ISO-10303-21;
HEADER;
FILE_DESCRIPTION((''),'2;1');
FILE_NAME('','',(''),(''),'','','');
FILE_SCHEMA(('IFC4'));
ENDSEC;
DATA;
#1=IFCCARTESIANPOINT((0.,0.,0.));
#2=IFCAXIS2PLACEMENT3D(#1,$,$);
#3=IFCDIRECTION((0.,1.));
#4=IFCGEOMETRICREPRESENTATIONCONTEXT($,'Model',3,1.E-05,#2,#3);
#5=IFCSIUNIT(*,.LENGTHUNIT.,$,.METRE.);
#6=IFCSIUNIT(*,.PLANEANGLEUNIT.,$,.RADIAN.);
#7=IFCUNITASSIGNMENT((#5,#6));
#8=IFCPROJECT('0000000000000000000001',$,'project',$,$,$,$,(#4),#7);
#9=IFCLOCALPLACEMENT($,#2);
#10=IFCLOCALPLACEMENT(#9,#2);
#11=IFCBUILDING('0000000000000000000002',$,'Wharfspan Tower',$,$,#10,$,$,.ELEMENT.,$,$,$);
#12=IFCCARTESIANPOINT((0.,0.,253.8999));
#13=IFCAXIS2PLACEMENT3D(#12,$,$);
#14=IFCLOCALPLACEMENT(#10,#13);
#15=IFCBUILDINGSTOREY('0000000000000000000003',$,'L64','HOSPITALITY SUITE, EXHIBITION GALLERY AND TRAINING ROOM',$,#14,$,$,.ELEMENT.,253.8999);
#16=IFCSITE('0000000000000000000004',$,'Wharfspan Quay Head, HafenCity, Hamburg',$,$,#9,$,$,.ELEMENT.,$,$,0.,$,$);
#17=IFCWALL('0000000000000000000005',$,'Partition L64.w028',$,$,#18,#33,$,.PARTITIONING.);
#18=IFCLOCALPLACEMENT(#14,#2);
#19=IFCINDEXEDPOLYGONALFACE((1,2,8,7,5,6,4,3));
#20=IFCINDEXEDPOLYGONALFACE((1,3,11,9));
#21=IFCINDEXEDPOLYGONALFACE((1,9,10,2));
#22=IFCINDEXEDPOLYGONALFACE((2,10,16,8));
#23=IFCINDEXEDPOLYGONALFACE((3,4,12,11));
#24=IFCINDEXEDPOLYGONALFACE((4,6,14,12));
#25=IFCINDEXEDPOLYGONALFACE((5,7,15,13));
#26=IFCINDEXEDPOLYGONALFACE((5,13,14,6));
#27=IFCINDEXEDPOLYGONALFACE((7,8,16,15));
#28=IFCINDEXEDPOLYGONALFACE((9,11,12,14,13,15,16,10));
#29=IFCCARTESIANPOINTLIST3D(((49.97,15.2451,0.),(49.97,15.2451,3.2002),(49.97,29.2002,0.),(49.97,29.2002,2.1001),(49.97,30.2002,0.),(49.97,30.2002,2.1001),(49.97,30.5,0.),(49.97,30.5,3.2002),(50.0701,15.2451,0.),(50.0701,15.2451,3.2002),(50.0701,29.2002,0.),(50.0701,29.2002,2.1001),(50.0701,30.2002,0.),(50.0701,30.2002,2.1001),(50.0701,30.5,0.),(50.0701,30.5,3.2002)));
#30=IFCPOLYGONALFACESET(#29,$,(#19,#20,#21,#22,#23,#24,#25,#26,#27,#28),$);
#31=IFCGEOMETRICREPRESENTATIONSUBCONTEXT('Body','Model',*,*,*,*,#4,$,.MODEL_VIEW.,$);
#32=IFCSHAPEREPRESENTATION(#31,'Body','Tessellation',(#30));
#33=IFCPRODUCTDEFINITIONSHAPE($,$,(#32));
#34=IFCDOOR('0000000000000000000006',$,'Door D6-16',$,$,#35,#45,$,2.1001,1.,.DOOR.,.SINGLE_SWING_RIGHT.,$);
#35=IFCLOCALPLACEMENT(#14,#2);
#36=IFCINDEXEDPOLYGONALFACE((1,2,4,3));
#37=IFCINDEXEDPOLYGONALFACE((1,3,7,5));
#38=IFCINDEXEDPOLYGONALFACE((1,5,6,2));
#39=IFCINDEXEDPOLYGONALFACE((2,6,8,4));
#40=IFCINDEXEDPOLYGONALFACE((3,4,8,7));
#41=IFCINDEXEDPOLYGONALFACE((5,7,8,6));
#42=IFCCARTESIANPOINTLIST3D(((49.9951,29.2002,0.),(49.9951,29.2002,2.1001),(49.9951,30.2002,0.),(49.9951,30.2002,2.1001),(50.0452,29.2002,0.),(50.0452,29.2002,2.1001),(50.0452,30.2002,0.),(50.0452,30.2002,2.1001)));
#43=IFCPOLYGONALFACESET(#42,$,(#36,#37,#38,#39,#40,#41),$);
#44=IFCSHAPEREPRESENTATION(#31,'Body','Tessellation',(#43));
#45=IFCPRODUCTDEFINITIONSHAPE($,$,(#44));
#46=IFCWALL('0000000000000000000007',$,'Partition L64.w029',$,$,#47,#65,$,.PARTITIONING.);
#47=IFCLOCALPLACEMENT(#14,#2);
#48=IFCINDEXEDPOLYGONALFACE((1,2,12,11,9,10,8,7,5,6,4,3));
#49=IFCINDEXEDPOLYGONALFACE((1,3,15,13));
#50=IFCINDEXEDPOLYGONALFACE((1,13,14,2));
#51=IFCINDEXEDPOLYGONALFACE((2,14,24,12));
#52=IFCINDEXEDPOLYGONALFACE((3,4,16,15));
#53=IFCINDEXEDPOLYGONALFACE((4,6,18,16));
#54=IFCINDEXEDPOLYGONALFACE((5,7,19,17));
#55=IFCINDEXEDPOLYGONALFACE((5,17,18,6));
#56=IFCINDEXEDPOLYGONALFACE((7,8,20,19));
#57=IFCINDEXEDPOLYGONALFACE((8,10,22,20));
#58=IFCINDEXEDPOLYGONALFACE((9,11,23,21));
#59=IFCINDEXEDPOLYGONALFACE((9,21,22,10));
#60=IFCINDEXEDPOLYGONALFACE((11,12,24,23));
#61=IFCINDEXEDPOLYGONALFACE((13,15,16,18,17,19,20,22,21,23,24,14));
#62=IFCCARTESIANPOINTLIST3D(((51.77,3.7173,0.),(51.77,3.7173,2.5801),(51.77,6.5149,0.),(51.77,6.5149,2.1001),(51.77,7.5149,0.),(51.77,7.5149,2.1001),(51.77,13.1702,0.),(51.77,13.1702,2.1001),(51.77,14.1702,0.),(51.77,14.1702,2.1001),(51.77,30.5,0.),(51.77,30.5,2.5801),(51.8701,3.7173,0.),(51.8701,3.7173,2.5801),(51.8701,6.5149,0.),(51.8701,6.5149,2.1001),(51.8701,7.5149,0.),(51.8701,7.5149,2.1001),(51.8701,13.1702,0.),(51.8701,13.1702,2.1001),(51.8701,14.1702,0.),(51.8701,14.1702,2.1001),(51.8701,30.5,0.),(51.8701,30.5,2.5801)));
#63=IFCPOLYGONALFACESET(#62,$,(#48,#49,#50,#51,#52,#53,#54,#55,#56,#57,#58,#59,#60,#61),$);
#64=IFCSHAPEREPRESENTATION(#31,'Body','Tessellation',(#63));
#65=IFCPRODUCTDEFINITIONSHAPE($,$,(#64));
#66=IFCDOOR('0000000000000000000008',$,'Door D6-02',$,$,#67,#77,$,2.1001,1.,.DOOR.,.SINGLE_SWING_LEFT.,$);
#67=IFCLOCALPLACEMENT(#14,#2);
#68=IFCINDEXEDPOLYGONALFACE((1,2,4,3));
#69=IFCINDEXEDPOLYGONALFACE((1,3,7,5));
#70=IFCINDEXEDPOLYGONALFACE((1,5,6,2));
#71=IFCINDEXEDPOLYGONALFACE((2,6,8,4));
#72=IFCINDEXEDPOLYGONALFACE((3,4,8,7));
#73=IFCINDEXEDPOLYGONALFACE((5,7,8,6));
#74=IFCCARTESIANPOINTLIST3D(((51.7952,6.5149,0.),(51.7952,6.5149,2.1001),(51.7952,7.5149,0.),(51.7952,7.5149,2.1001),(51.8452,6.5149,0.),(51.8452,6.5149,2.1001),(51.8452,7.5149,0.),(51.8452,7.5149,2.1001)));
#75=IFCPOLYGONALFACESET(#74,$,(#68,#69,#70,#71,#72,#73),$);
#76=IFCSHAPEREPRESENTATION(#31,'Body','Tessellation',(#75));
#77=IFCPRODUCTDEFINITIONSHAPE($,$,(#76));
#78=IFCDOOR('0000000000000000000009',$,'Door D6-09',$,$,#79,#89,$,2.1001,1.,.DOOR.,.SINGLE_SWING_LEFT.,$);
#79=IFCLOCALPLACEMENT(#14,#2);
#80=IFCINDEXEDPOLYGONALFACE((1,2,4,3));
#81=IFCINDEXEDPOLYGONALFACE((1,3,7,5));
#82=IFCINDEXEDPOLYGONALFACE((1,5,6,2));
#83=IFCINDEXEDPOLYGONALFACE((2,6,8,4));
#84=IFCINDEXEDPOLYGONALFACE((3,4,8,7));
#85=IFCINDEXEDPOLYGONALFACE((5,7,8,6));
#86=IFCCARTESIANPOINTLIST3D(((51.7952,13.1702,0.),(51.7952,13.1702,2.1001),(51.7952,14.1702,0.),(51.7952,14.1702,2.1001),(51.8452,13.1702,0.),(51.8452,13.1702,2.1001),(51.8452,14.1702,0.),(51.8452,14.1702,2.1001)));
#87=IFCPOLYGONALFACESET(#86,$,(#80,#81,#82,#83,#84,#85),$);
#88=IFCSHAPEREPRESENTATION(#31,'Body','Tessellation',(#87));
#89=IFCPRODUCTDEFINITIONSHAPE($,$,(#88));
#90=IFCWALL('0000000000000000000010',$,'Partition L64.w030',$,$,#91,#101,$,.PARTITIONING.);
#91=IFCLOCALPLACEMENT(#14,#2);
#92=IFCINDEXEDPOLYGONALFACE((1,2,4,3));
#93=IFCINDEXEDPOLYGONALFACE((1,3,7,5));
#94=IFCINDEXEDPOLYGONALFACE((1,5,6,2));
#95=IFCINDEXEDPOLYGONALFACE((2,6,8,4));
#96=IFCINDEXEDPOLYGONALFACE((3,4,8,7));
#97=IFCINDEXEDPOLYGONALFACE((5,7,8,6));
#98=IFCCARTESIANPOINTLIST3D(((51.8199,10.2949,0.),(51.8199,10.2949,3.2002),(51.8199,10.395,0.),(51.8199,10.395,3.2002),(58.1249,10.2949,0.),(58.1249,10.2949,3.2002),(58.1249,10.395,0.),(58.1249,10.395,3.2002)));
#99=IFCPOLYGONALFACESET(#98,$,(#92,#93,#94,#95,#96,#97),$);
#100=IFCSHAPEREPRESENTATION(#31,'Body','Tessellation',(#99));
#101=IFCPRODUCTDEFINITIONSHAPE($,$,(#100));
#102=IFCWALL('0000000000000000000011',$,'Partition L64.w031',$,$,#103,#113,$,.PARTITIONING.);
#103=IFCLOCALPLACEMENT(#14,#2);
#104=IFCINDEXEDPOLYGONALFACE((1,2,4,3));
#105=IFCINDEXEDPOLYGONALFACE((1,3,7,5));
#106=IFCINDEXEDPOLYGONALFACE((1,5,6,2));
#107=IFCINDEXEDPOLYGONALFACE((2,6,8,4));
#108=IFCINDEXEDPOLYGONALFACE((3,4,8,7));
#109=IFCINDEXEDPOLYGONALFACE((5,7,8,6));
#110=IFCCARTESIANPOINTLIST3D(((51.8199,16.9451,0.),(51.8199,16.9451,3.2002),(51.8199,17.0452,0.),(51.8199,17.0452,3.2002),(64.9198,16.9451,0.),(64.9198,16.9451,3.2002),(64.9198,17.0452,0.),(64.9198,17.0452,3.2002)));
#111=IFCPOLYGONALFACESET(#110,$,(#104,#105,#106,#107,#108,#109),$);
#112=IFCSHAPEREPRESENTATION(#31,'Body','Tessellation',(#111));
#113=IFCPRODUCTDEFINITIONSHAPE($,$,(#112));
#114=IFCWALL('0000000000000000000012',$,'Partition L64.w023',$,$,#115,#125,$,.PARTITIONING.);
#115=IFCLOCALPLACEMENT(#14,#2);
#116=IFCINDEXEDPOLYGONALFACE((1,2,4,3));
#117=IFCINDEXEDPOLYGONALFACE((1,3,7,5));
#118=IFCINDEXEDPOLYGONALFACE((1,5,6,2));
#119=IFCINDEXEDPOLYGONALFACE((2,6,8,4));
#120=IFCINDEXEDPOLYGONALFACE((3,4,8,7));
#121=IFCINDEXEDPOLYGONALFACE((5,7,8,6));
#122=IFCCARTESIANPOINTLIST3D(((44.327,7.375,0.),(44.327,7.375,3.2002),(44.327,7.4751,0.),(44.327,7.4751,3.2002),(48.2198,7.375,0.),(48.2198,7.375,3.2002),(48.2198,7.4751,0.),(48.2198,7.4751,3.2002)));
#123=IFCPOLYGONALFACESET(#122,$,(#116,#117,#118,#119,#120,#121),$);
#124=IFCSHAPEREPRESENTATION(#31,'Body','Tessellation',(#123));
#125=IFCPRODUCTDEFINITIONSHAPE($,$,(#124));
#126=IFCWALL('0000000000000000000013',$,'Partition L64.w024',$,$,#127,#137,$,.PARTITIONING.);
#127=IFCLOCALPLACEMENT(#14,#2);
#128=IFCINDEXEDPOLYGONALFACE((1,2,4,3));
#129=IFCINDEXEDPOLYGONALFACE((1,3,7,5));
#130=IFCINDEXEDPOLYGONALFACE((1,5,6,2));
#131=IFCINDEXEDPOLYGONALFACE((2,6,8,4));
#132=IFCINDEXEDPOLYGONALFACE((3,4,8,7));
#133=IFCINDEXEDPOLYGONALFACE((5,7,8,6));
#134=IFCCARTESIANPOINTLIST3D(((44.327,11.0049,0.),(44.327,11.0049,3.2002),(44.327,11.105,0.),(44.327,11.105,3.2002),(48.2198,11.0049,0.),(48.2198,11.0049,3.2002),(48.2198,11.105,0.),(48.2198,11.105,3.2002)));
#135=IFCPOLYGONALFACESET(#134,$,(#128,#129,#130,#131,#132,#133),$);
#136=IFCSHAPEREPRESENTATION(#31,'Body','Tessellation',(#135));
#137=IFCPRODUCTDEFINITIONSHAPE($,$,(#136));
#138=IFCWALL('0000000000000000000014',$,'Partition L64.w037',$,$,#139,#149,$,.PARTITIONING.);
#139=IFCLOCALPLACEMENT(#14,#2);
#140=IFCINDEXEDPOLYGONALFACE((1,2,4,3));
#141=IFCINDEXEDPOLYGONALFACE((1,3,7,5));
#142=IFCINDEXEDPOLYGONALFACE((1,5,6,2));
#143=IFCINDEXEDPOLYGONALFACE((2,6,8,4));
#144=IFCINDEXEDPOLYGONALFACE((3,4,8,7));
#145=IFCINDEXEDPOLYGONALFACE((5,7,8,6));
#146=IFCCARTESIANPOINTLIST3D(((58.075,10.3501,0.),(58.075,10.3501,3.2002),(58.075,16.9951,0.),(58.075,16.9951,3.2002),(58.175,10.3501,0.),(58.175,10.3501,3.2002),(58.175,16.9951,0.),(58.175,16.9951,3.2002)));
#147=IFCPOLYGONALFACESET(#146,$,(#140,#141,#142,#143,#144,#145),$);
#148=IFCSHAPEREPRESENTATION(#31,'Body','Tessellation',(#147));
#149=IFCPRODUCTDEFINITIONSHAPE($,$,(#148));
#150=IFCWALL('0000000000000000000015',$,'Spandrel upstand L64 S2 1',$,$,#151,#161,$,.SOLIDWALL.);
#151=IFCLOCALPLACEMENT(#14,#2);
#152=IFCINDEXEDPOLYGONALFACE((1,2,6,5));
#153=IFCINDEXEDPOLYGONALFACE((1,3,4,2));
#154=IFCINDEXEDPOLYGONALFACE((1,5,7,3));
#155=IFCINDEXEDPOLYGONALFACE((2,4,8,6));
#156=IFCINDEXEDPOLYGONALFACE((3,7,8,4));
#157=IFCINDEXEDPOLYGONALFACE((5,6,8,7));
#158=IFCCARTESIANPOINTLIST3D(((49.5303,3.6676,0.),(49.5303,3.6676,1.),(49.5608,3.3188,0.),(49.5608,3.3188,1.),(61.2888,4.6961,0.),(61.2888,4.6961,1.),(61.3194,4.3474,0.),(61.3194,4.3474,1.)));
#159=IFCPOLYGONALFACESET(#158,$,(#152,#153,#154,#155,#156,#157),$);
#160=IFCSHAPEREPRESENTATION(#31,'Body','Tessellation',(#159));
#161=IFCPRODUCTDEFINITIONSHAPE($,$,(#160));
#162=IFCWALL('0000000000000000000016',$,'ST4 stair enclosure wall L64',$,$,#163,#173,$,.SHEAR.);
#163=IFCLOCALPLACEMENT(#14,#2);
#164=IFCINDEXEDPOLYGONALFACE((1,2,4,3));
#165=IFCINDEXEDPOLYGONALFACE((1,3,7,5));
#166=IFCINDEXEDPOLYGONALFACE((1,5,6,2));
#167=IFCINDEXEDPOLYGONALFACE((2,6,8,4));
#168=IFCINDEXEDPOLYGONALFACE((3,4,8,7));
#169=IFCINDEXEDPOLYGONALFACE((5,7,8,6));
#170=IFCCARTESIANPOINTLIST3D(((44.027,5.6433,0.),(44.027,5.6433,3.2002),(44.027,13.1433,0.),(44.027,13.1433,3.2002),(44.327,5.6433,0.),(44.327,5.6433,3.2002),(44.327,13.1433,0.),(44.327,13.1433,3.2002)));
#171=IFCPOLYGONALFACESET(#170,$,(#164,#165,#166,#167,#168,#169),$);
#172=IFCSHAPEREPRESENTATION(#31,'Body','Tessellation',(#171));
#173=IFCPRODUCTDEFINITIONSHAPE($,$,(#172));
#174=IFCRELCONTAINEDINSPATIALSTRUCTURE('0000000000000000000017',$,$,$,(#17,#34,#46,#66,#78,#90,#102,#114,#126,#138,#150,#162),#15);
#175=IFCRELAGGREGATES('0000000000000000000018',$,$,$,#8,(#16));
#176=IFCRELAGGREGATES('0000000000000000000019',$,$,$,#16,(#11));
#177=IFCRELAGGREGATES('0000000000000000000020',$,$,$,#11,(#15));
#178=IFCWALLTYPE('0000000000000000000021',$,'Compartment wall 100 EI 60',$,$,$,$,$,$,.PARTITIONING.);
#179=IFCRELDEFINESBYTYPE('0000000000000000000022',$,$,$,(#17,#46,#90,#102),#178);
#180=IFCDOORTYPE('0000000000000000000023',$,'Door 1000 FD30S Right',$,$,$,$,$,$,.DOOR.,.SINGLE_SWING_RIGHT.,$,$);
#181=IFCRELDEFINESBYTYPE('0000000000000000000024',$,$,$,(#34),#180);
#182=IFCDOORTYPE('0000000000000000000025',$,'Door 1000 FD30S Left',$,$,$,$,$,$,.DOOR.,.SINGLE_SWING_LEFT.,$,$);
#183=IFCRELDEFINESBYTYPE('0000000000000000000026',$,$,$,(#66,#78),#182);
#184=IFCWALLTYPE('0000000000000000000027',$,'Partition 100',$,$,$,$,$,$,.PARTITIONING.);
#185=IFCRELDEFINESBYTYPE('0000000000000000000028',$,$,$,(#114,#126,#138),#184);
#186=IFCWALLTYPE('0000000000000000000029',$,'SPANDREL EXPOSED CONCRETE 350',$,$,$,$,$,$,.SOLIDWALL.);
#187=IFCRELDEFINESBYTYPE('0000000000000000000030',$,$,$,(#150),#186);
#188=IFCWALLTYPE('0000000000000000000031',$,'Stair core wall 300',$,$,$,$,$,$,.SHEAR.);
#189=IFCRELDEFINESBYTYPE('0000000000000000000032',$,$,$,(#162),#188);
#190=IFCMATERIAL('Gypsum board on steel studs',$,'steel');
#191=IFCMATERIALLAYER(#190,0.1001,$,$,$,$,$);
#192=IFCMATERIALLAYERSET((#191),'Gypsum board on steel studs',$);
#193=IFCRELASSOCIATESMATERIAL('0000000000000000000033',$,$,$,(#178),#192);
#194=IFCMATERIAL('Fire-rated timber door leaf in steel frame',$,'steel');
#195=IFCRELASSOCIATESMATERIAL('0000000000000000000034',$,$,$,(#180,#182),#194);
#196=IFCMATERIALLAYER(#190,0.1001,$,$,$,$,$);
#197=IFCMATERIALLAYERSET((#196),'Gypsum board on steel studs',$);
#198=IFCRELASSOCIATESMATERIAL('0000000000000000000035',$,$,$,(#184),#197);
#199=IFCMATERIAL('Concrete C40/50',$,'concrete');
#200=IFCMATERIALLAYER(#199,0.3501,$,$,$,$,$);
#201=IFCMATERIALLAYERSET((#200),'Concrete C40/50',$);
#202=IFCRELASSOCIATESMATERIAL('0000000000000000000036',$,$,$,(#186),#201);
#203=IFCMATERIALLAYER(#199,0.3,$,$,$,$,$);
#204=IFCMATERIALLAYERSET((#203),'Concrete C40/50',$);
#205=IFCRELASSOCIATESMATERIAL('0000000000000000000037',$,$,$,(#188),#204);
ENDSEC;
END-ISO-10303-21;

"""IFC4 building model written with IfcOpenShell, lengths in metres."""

from ifc_helpers import new_model, si_unit, direction, frame, frame_2d, origin, place, context, subcontext, project, spatial, rectangle, extrude, material, layer, layer_set, type_object, element, fill, save


model = new_model("IFC4")

# Units and contexts
model_context = context("Model", 3, precision=1e-05, world=origin(), true_north=direction((0.0, 1.0)))
body_context = subcontext(model_context, "Body", "Model", "MODEL_VIEW")
ifc_project = project(units=[si_unit("LENGTHUNIT", "METRE"), si_unit("PLANEANGLEUNIT", "RADIAN")], contexts=[model_context])

# Site, building, storey
site_placement = place(None, origin())
site = spatial("IfcSite", under=ifc_project, at=site_placement, Name="Wharfspan Quay Head, HafenCity, Hamburg", CompositionType="ELEMENT", RefElevation=0.0)
building_placement = place(site_placement, origin())
building = spatial("IfcBuilding", under=site, at=building_placement, Name="Wharfspan Tower", CompositionType="ELEMENT")
storey_placement = place(building_placement, frame((0.0, 0.0, 253.8999)))
storey = spatial("IfcBuildingStorey", under=building, at=storey_placement, Name="L64", Description="HOSPITALITY SUITE, EXHIBITION GALLERY AND TRAINING ROOM", CompositionType="ELEMENT", Elevation=253.8999)

# Shared definitions
ifc_material_1 = material(Name="Gypsum board on steel studs", Category="steel")
ifc_layer_1 = layer(ifc_material_1, 0.1001)
ifc_layer_set_1 = layer_set([ifc_layer_1], Name="Gypsum board on steel studs")
wall_type_1 = type_object("IfcWallType", Name="Compartment wall 100 EI 60", PredefinedType="PARTITIONING", material=ifc_layer_set_1)

# Wall, opening, door
ifc_material_2 = material(Name="Fire-rated timber door leaf in steel frame", Category="steel")
wall_1_placement = place(storey_placement, frame((50.02, 15.2451, 0.0), z_axis=(0.0, 0.0, 1.0), x_axis=(0.0, 1.0, 0.0)))
wall_1 = element("IfcWall", 1, at=wall_1_placement, inside=storey, type_object=wall_type_1, Name="Partition L64.w028", PredefinedType="PARTITIONING", context=body_context, shape_type="SweptSolid", body=[
    extrude(rectangle(XDim=15.2549, YDim=0.1001, at=frame_2d((7.6274, 0.0))), origin(), (0.0, 0.0, 1.0), 3.2002),
])
opening_1_placement = place(wall_1_placement, frame((13.9551, 0.0, 0.0)))
opening_1 = element("IfcOpeningElement", 2, at=opening_1_placement, cuts=wall_1, PredefinedType="OPENING", context=body_context, shape_type="SweptSolid", body=[
    extrude(rectangle(XDim=1.0, YDim=2.1001, at=frame_2d((0.5, 1.05))), frame((0.0, 0.0601, 0.0), z_axis=(0.0, -1.0, 0.0), x_axis=(1.0, 0.0, 0.0)), (0.0, 0.0, 1.0), 0.1201),
])
door_type_1 = type_object("IfcDoorType", Name="Door 1000 FD30S Right", OperationType="SINGLE_SWING_RIGHT", PredefinedType="DOOR", material=ifc_material_2)
door_1_placement = place(opening_1_placement, origin())
door_1 = element("IfcDoor", 3, at=door_1_placement, inside=storey, type_object=door_type_1, Name="Door D6-16", OperationType="SINGLE_SWING_RIGHT", OverallHeight=2.1001, OverallWidth=1.0, PredefinedType="DOOR", context=body_context, shape_type="SweptSolid", body=[
    extrude(rectangle(XDim=1.0, YDim=2.1001, at=frame_2d((0.5, 1.05))), frame((0.0, 0.0249, 0.0), z_axis=(0.0, -1.0, 0.0), x_axis=(1.0, 0.0, 0.0)), (0.0, 0.0, 1.0), 0.05),
])
fill(opening_1, door_1)

# Wall, openings, doors
wall_2_placement = place(storey_placement, frame((51.8201, 3.7173, 0.0), z_axis=(0.0, 0.0, 1.0), x_axis=(0.0, 1.0, 0.0)))
wall_2 = element("IfcWall", 4, at=wall_2_placement, inside=storey, type_object=wall_type_1, Name="Partition L64.w029", PredefinedType="PARTITIONING", context=body_context, shape_type="SweptSolid", body=[
    extrude(rectangle(XDim=26.7827, YDim=0.1001, at=frame_2d((13.3914, 0.0))), origin(), (0.0, 0.0, 1.0), 2.5801),
])
opening_2_placement = place(wall_2_placement, frame((2.7976, 0.0, 0.0)))
opening_2 = element("IfcOpeningElement", 5, at=opening_2_placement, cuts=wall_2, PredefinedType="OPENING", context=body_context, shape_type="SweptSolid", body=[
    extrude(rectangle(XDim=1.0, YDim=2.1001, at=frame_2d((0.5, 1.05))), frame((0.0, 0.0601, 0.0), z_axis=(0.0, -1.0, 0.0), x_axis=(1.0, 0.0, 0.0)), (0.0, 0.0, 1.0), 0.1201),
])
opening_3_placement = place(wall_2_placement, frame((9.4529, 0.0, 0.0)))
opening_3 = element("IfcOpeningElement", 6, at=opening_3_placement, cuts=wall_2, PredefinedType="OPENING", context=body_context, shape_type="SweptSolid", body=[
    extrude(rectangle(XDim=1.0, YDim=2.1001, at=frame_2d((0.5, 1.05))), frame((0.0, 0.0601, 0.0), z_axis=(0.0, -1.0, 0.0), x_axis=(1.0, 0.0, 0.0)), (0.0, 0.0, 1.0), 0.1201),
])
door_type_2 = type_object("IfcDoorType", Name="Door 1000 FD30S Left", OperationType="SINGLE_SWING_LEFT", PredefinedType="DOOR", material=ifc_material_2)
door_2_placement = place(opening_2_placement, origin())
door_2 = element("IfcDoor", 7, at=door_2_placement, inside=storey, type_object=door_type_2, Name="Door D6-02", OperationType="SINGLE_SWING_LEFT", OverallHeight=2.1001, OverallWidth=1.0, PredefinedType="DOOR", context=body_context, shape_type="SweptSolid", body=[
    extrude(rectangle(XDim=1.0, YDim=2.1001, at=frame_2d((0.5, 1.05))), frame((0.0, 0.0249, 0.0), z_axis=(0.0, -1.0, 0.0), x_axis=(1.0, 0.0, 0.0)), (0.0, 0.0, 1.0), 0.05),
])
fill(opening_2, door_2)
door_3_placement = place(opening_3_placement, origin())
door_3 = element("IfcDoor", 8, at=door_3_placement, inside=storey, type_object=door_type_2, Name="Door D6-09", OperationType="SINGLE_SWING_LEFT", OverallHeight=2.1001, OverallWidth=1.0, PredefinedType="DOOR", context=body_context, shape_type="SweptSolid", body=[
    extrude(rectangle(XDim=1.0, YDim=2.1001, at=frame_2d((0.5, 1.05))), frame((0.0, 0.0249, 0.0), z_axis=(0.0, -1.0, 0.0), x_axis=(1.0, 0.0, 0.0)), (0.0, 0.0, 1.0), 0.05),
])
fill(opening_3, door_3)

# Walls
wall_3_placement = place(storey_placement, frame((51.8201, 10.345, 0.0), z_axis=(0.0, 0.0, 1.0), x_axis=(1.0, 0.0, 0.0)))
element("IfcWall", 9, at=wall_3_placement, inside=storey, type_object=wall_type_1, Name="Partition L64.w030", PredefinedType="PARTITIONING", context=body_context, shape_type="SweptSolid", body=[
    extrude(rectangle(XDim=6.3049, YDim=0.1001, at=frame_2d((3.1523, 0.0))), origin(), (0.0, 0.0, 1.0), 3.2002),
])
wall_4_placement = place(storey_placement, frame((51.8201, 16.9951, 0.0), z_axis=(0.0, 0.0, 1.0), x_axis=(1.0, 0.0, 0.0)))
element("IfcWall", 10, at=wall_4_placement, inside=storey, type_object=wall_type_1, Name="Partition L64.w031", PredefinedType="PARTITIONING", context=body_context, shape_type="SweptSolid", body=[
    extrude(rectangle(XDim=13.0999, YDim=0.1001, at=frame_2d((6.5498, 0.0))), origin(), (0.0, 0.0, 1.0), 3.2002),
])
ifc_layer_2 = layer(ifc_material_1, 0.1001)
ifc_layer_set_2 = layer_set([ifc_layer_2], Name="Gypsum board on steel studs")
wall_type_2 = type_object("IfcWallType", Name="Partition 100", PredefinedType="PARTITIONING", material=ifc_layer_set_2)
for number, where, z_axis, x_axis, name in (
    (11, (44.3271, 7.425, 0.0), (0.0, 0.0, 1.0), (1.0, 0.0, 0.0), "Partition L64.w023"),
    (12, (44.3271, 11.0549, 0.0), (0.0, 0.0, 1.0), (1.0, 0.0, 0.0), "Partition L64.w024"),
):
    element("IfcWall", number, at=place(storey_placement, frame(where, z_axis=z_axis, x_axis=x_axis)), inside=storey, type_object=wall_type_2, Name=name, PredefinedType="PARTITIONING", context=body_context, shape_type="SweptSolid", body=[
        extrude(rectangle(XDim=3.8928, YDim=0.1001, at=frame_2d((1.9463, 0.0))), origin(), (0.0, 0.0, 1.0), 3.2002),
    ])
wall_5_placement = place(storey_placement, frame((58.125, 10.3501, 0.0), z_axis=(0.0, 0.0, 1.0), x_axis=(0.0, 1.0, 0.0)))
element("IfcWall", 13, at=wall_5_placement, inside=storey, type_object=wall_type_2, Name="Partition L64.w037", PredefinedType="PARTITIONING", context=body_context, shape_type="SweptSolid", body=[
    extrude(rectangle(XDim=6.645, YDim=0.1001, at=frame_2d((3.3225, 0.0))), origin(), (0.0, 0.0, 1.0), 3.2002),
])
ifc_material_3 = material(Name="Concrete C40/50", Category="concrete")
ifc_layer_3 = layer(ifc_material_3, 0.3501)
ifc_layer_set_3 = layer_set([ifc_layer_3], Name="Concrete C40/50")
wall_type_3 = type_object("IfcWallType", Name="SPANDREL EXPOSED CONCRETE 350", PredefinedType="SOLIDWALL", material=ifc_layer_set_3)
wall_6_placement = place(storey_placement, frame((49.5454, 3.4932, 0.0), z_axis=(0.0, 0.0, 1.0), x_axis=(0.996196, 0.087141, 0.0)))
element("IfcWall", 14, at=wall_6_placement, inside=storey, type_object=wall_type_3, Name="Spandrel upstand L64 S2 1", PredefinedType="SOLIDWALL", context=body_context, shape_type="SweptSolid", body=[
    extrude(rectangle(XDim=11.8035, YDim=0.3501, at=frame_2d((5.9019, 0.0))), origin(), (0.0, 0.0, 1.0), 1.0),
])
ifc_layer_4 = layer(ifc_material_3, 0.3)
ifc_layer_set_4 = layer_set([ifc_layer_4], Name="Concrete C40/50")
wall_type_4 = type_object("IfcWallType", Name="Stair core wall 300", PredefinedType="SHEAR", material=ifc_layer_set_4)
wall_7_placement = place(storey_placement, frame((44.177, 5.6433, 0.0), z_axis=(0.0, 0.0, 1.0), x_axis=(0.0, 1.0, 0.0)))
element("IfcWall", 15, at=wall_7_placement, inside=storey, type_object=wall_type_4, Name="ST4 stair enclosure wall L64", PredefinedType="SHEAR", context=body_context, shape_type="SweptSolid", body=[
    extrude(rectangle(XDim=7.5, YDim=0.3, at=frame_2d((3.75, 0.0))), origin(), (0.0, 0.0, 1.0), 3.2002),
])

save(model, "model.ifc")
